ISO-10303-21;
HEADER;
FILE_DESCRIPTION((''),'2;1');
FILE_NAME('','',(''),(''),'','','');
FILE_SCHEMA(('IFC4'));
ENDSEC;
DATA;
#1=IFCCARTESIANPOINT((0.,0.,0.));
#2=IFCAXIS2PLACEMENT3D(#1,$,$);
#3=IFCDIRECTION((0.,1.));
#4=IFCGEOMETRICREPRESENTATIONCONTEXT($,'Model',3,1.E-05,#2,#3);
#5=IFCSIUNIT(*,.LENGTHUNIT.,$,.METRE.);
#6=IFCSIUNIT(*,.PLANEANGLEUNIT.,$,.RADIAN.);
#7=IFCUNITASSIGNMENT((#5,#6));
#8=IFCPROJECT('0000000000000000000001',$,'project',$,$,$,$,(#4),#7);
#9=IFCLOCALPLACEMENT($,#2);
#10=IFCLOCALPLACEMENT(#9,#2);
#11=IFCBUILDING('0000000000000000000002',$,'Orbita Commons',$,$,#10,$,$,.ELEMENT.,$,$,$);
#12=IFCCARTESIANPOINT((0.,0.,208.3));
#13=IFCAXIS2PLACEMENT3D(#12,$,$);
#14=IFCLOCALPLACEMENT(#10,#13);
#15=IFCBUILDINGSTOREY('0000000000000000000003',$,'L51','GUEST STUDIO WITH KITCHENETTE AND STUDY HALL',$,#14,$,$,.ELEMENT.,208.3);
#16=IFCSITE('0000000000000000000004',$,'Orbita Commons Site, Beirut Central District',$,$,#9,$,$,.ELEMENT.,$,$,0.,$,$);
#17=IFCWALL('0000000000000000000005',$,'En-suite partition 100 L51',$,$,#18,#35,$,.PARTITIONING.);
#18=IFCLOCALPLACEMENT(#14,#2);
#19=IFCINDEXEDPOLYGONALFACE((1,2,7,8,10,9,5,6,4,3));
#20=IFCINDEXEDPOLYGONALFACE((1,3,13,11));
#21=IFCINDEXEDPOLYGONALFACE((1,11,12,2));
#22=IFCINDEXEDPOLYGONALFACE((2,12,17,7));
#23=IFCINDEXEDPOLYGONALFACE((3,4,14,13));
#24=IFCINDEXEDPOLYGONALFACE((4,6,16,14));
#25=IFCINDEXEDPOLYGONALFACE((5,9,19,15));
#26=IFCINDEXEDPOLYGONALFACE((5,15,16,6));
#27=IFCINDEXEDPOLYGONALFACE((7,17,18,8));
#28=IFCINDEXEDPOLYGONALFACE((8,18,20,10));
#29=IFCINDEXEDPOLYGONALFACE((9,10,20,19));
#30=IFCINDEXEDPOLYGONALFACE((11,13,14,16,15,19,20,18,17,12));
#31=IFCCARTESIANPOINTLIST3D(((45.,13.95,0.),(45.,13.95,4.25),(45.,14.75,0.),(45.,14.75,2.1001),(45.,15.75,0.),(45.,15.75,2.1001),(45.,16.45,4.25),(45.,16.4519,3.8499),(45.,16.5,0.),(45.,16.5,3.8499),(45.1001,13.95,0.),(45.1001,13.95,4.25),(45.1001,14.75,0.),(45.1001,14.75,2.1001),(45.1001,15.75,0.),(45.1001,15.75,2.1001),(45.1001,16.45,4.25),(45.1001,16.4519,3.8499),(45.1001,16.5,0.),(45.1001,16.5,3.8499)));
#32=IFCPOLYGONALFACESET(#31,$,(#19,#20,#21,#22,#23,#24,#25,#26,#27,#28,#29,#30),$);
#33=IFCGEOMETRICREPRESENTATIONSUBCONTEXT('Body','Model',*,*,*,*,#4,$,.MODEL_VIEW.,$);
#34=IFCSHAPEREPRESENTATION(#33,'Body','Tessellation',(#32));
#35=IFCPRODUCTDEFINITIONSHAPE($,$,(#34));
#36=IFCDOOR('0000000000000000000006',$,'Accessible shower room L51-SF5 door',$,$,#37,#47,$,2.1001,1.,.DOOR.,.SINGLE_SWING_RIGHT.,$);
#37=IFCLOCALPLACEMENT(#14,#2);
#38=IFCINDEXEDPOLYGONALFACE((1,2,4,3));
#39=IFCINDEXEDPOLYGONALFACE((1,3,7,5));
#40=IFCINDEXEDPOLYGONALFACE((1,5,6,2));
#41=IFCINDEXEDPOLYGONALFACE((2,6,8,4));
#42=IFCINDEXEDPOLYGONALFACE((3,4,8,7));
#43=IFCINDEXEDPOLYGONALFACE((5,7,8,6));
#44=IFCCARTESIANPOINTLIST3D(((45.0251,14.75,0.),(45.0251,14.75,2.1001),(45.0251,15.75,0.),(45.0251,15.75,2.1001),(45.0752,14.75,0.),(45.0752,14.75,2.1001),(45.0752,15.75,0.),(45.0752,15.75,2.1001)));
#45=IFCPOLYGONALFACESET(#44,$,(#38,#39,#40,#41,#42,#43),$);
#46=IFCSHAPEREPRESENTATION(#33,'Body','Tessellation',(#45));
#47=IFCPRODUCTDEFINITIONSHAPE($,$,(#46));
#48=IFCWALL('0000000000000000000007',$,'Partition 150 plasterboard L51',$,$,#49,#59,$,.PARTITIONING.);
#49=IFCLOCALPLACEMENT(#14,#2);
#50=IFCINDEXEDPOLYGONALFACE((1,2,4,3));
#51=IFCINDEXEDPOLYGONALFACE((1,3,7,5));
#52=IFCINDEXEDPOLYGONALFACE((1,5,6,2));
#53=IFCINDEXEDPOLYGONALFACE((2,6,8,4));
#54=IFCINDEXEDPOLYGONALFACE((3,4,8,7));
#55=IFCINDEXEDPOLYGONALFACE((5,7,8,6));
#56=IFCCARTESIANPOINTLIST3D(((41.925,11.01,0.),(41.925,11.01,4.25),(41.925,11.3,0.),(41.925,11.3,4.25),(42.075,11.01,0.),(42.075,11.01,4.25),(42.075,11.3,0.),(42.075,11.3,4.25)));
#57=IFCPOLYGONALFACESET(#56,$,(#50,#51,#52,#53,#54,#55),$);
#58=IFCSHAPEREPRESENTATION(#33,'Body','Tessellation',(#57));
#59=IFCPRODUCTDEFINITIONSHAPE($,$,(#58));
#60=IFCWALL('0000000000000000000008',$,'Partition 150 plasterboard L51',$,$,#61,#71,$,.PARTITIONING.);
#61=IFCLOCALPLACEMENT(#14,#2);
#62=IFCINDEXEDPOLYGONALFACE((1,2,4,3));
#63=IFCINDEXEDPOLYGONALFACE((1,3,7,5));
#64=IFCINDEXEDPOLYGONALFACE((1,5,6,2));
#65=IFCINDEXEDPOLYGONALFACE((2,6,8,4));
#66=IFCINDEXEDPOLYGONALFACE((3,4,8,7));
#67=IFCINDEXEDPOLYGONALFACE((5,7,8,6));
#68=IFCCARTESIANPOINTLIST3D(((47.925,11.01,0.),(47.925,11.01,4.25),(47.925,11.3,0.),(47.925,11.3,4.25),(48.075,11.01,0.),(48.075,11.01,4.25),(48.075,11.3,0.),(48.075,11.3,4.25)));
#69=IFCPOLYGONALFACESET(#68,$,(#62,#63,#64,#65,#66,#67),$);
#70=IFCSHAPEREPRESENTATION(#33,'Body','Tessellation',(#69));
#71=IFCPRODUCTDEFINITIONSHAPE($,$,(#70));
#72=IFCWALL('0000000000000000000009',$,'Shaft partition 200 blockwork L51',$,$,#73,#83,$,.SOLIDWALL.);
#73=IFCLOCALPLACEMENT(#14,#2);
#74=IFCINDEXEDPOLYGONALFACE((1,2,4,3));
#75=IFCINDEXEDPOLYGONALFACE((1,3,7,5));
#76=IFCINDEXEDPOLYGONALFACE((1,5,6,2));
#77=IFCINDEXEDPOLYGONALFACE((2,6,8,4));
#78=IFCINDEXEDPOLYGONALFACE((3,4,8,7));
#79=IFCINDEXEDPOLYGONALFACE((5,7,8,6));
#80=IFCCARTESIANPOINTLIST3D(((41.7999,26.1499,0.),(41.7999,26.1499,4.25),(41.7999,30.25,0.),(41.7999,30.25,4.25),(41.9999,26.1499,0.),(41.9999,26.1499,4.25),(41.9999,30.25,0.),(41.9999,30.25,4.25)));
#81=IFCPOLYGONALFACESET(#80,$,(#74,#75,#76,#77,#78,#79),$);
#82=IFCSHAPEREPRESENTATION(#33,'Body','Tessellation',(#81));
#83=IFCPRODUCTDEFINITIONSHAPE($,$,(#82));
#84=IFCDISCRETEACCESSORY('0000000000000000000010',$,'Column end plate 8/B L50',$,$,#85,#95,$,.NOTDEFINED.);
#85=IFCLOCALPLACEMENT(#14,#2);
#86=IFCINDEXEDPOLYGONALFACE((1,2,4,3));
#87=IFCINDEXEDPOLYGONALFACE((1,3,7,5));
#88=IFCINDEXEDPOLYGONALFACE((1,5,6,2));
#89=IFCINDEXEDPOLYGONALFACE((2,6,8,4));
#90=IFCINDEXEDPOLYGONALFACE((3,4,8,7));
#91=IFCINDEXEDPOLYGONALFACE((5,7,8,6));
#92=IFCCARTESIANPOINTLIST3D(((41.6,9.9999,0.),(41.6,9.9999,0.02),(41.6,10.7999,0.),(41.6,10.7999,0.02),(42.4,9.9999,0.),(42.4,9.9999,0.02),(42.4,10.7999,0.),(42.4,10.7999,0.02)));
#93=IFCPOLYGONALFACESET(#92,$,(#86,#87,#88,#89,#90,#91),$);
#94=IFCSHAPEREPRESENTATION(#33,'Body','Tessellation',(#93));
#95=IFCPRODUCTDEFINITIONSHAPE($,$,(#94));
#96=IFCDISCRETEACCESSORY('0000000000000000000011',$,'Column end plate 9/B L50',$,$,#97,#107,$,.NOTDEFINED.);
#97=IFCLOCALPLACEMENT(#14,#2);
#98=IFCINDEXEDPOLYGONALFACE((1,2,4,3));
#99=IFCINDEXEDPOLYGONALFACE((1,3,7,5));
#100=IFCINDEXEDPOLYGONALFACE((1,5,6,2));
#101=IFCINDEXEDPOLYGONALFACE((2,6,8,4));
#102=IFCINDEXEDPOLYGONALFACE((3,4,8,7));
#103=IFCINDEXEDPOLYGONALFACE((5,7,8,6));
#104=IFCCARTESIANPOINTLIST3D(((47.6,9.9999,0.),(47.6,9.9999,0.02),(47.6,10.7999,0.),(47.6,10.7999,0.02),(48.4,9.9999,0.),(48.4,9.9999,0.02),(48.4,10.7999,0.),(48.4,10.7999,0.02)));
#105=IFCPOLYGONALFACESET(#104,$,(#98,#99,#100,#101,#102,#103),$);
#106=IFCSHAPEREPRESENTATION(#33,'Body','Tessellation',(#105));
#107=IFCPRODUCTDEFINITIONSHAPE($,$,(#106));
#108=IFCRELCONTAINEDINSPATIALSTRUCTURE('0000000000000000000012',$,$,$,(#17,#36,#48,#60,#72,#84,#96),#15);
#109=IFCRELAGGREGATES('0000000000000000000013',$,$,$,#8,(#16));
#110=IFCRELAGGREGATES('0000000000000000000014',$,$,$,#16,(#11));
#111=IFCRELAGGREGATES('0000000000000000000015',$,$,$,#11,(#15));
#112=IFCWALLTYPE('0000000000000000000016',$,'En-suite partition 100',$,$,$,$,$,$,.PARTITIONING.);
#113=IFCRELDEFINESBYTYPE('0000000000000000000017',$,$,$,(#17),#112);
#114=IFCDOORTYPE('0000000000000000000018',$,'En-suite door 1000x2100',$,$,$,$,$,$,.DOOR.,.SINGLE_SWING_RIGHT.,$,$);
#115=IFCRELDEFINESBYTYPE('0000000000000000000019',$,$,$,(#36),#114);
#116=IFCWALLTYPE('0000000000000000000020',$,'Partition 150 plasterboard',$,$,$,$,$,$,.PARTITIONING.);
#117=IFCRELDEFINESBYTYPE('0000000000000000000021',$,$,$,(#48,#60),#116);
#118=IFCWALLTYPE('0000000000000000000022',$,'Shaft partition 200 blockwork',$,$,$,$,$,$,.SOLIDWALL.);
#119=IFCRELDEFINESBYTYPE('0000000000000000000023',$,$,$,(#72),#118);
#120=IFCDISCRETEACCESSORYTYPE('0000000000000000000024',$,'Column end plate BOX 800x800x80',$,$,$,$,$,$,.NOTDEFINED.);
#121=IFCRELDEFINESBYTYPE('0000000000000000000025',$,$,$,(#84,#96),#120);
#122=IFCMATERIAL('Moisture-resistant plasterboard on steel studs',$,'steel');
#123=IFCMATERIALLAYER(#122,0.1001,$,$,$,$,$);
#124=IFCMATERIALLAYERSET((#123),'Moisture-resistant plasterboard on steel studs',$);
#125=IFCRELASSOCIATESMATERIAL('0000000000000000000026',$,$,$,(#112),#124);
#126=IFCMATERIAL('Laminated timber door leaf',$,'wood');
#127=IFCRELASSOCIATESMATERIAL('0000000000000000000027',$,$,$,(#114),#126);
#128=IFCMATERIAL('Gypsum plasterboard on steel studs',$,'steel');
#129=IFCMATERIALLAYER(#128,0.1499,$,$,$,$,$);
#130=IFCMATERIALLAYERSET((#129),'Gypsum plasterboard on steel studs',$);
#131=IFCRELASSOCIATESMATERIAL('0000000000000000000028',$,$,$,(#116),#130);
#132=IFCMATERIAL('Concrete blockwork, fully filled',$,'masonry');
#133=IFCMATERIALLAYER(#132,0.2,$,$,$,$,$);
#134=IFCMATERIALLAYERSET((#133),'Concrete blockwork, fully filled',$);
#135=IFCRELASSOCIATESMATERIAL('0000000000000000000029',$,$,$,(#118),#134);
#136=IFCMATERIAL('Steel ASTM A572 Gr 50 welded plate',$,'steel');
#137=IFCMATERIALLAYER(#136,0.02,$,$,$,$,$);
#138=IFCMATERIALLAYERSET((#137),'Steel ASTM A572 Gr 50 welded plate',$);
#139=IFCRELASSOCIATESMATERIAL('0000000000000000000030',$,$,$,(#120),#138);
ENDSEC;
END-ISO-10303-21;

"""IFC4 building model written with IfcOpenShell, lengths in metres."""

from ifc_helpers import new_model, si_unit, direction, frame, frame_2d, origin, origin_2d, place, context, subcontext, project, spatial, polyline, rectangle, outline, extrude, material, layer, layer_set, type_object, element, fill, save


model = new_model("IFC4")

# Units and contexts
model_context = context("Model", 3, precision=1e-05, world=origin(), true_north=direction((0.0, 1.0)))
body_context = subcontext(model_context, "Body", "Model", "MODEL_VIEW")
ifc_project = project(units=[si_unit("LENGTHUNIT", "METRE"), si_unit("PLANEANGLEUNIT", "RADIAN")], contexts=[model_context])

# Site, building, storey
site_placement = place(None, origin())
site = spatial("IfcSite", under=ifc_project, at=site_placement, Name="Orbita Commons Site, Beirut Central District", CompositionType="ELEMENT", RefElevation=0.0)
building_placement = place(site_placement, origin())
building = spatial("IfcBuilding", under=site, at=building_placement, Name="Orbita Commons", CompositionType="ELEMENT")
storey_placement = place(building_placement, frame((0.0, 0.0, 208.3)))
storey = spatial("IfcBuildingStorey", under=building, at=storey_placement, Name="L51", Description="GUEST STUDIO WITH KITCHENETTE AND STUDY HALL", CompositionType="ELEMENT", Elevation=208.3)

# Shared definitions
ifc_material_1 = material(Name="Moisture-resistant plasterboard on steel studs", Category="steel")
ifc_layer_1 = layer(ifc_material_1, 0.1001)
ifc_layer_set_1 = layer_set([ifc_layer_1], Name="Moisture-resistant plasterboard on steel studs")
wall_type_1 = type_object("IfcWallType", Name="En-suite partition 100", PredefinedType="PARTITIONING", material=ifc_layer_set_1)

# Wall, opening, door
wall_1_placement = place(storey_placement, frame((45.05, 13.95, 0.0), z_axis=(0.0, 0.0, 1.0), x_axis=(0.0, 1.0, 0.0)))
wall_1 = element("IfcWall", 1, at=wall_1_placement, inside=storey, type_object=wall_type_1, Name="En-suite partition 100 L51", PredefinedType="PARTITIONING", context=body_context, shape_type="SweptSolid", body=[
    extrude(outline(polyline([(0.0, 0.0), (2.55, 0.0), (2.55, 3.8499), (2.502, 3.8499), (2.5, 4.25), (0.0, 4.25), (0.0, 0.0)])), frame((0.0, 0.05, 0.0), z_axis=(0.0, -1.0, 0.0), x_axis=(1.0, 0.0, 0.0)), (0.0, 0.0, 1.0), 0.1001),
])
opening_1_placement = place(wall_1_placement, frame((0.8, 0.0, 0.0)))
opening_1 = element("IfcOpeningElement", 2, at=opening_1_placement, cuts=wall_1, PredefinedType="OPENING", context=body_context, shape_type="SweptSolid", body=[
    extrude(rectangle(XDim=1.0, YDim=2.1001, at=frame_2d((0.5, 1.05))), frame((0.0, 0.0601, 0.0), z_axis=(0.0, -1.0, 0.0), x_axis=(1.0, 0.0, 0.0)), (0.0, 0.0, 1.0), 0.1201),
])
ifc_material_2 = material(Name="Laminated timber door leaf", Category="wood")
door_type_1 = type_object("IfcDoorType", Name="En-suite door 1000x2100", OperationType="SINGLE_SWING_RIGHT", PredefinedType="DOOR", material=ifc_material_2)
door_1_placement = place(opening_1_placement, origin())
door_1 = element("IfcDoor", 3, at=door_1_placement, inside=storey, type_object=door_type_1, Name="Accessible shower room L51-SF5 door", OperationType="SINGLE_SWING_RIGHT", OverallHeight=2.1001, OverallWidth=1.0, PredefinedType="DOOR", context=body_context, shape_type="SweptSolid", body=[
    extrude(rectangle(XDim=1.0, YDim=2.1001, at=frame_2d((0.5, 1.05))), frame((0.0, 0.0249, 0.0), z_axis=(0.0, -1.0, 0.0), x_axis=(1.0, 0.0, 0.0)), (0.0, 0.0, 1.0), 0.05),
])
fill(opening_1, door_1)

# Walls
ifc_material_3 = material(Name="Gypsum plasterboard on steel studs", Category="steel")
ifc_layer_2 = layer(ifc_material_3, 0.1499)
ifc_layer_set_2 = layer_set([ifc_layer_2], Name="Gypsum plasterboard on steel studs")
wall_type_2 = type_object("IfcWallType", Name="Partition 150 plasterboard", PredefinedType="PARTITIONING", material=ifc_layer_set_2)
for number, where, z_axis, x_axis, name in (
    (4, (42.0, 11.3, 0.0), (0.0, 0.0, 1.0), (0.0, -1.0, 0.0), "Partition 150 plasterboard L51"),
    (5, (48.0, 11.3, 0.0), (0.0, 0.0, 1.0), (0.0, -1.0, 0.0), "Partition 150 plasterboard L51"),
):
    element("IfcWall", number, at=place(storey_placement, frame(where, z_axis=z_axis, x_axis=x_axis)), inside=storey, type_object=wall_type_2, Name=name, PredefinedType="PARTITIONING", context=body_context, shape_type="SweptSolid", body=[
        extrude(rectangle(XDim=0.29, YDim=0.1499, at=frame_2d((0.145, 0.0))), origin(), (0.0, 0.0, 1.0), 4.25),
    ])
ifc_material_4 = material(Name="Concrete blockwork, fully filled", Category="masonry")
ifc_layer_3 = layer(ifc_material_4, 0.2)
ifc_layer_set_3 = layer_set([ifc_layer_3], Name="Concrete blockwork, fully filled")
wall_type_3 = type_object("IfcWallType", Name="Shaft partition 200 blockwork", PredefinedType="SOLIDWALL", material=ifc_layer_set_3)
wall_2_placement = place(storey_placement, frame((41.8999, 26.1499, 0.0), z_axis=(0.0, 0.0, 1.0), x_axis=(0.0, 1.0, 0.0)))
element("IfcWall", 6, at=wall_2_placement, inside=storey, type_object=wall_type_3, Name="Shaft partition 200 blockwork L51", PredefinedType="SOLIDWALL", context=body_context, shape_type="SweptSolid", body=[
    extrude(rectangle(XDim=4.1001, YDim=0.2, at=frame_2d((2.05, 0.0))), origin(), (0.0, 0.0, 1.0), 4.25),
])

# Discrete accessories
ifc_material_5 = material(Name="Steel ASTM A572 Gr 50 welded plate", Category="steel")
ifc_layer_4 = layer(ifc_material_5, 0.02)
ifc_layer_set_4 = layer_set([ifc_layer_4], Name="Steel ASTM A572 Gr 50 welded plate")
discrete_accessory_type = type_object("IfcDiscreteAccessoryType", Name="Column end plate BOX 800x800x80", PredefinedType="NOTDEFINED", material=ifc_layer_set_4)
for number, where, z_axis, x_axis, name in (
    (7, (42.0, 10.3999, 0.0), (0.0, 0.0, 1.0), (1.0, 0.0, 0.0), "Column end plate 8/B L50"),
    (8, (48.0, 10.3999, 0.0), (0.0, 0.0, 1.0), (1.0, 0.0, 0.0), "Column end plate 9/B L50"),
):
    element("IfcDiscreteAccessory", number, at=place(storey_placement, frame(where, z_axis=z_axis, x_axis=x_axis)), inside=storey, type_object=discrete_accessory_type, Name=name, PredefinedType="NOTDEFINED", context=body_context, shape_type="SweptSolid", body=[
        extrude(rectangle(XDim=0.8, YDim=0.8, at=origin_2d()), origin(), (0.0, 0.0, 1.0), 0.02),
    ])

save(model, "model.ifc")
